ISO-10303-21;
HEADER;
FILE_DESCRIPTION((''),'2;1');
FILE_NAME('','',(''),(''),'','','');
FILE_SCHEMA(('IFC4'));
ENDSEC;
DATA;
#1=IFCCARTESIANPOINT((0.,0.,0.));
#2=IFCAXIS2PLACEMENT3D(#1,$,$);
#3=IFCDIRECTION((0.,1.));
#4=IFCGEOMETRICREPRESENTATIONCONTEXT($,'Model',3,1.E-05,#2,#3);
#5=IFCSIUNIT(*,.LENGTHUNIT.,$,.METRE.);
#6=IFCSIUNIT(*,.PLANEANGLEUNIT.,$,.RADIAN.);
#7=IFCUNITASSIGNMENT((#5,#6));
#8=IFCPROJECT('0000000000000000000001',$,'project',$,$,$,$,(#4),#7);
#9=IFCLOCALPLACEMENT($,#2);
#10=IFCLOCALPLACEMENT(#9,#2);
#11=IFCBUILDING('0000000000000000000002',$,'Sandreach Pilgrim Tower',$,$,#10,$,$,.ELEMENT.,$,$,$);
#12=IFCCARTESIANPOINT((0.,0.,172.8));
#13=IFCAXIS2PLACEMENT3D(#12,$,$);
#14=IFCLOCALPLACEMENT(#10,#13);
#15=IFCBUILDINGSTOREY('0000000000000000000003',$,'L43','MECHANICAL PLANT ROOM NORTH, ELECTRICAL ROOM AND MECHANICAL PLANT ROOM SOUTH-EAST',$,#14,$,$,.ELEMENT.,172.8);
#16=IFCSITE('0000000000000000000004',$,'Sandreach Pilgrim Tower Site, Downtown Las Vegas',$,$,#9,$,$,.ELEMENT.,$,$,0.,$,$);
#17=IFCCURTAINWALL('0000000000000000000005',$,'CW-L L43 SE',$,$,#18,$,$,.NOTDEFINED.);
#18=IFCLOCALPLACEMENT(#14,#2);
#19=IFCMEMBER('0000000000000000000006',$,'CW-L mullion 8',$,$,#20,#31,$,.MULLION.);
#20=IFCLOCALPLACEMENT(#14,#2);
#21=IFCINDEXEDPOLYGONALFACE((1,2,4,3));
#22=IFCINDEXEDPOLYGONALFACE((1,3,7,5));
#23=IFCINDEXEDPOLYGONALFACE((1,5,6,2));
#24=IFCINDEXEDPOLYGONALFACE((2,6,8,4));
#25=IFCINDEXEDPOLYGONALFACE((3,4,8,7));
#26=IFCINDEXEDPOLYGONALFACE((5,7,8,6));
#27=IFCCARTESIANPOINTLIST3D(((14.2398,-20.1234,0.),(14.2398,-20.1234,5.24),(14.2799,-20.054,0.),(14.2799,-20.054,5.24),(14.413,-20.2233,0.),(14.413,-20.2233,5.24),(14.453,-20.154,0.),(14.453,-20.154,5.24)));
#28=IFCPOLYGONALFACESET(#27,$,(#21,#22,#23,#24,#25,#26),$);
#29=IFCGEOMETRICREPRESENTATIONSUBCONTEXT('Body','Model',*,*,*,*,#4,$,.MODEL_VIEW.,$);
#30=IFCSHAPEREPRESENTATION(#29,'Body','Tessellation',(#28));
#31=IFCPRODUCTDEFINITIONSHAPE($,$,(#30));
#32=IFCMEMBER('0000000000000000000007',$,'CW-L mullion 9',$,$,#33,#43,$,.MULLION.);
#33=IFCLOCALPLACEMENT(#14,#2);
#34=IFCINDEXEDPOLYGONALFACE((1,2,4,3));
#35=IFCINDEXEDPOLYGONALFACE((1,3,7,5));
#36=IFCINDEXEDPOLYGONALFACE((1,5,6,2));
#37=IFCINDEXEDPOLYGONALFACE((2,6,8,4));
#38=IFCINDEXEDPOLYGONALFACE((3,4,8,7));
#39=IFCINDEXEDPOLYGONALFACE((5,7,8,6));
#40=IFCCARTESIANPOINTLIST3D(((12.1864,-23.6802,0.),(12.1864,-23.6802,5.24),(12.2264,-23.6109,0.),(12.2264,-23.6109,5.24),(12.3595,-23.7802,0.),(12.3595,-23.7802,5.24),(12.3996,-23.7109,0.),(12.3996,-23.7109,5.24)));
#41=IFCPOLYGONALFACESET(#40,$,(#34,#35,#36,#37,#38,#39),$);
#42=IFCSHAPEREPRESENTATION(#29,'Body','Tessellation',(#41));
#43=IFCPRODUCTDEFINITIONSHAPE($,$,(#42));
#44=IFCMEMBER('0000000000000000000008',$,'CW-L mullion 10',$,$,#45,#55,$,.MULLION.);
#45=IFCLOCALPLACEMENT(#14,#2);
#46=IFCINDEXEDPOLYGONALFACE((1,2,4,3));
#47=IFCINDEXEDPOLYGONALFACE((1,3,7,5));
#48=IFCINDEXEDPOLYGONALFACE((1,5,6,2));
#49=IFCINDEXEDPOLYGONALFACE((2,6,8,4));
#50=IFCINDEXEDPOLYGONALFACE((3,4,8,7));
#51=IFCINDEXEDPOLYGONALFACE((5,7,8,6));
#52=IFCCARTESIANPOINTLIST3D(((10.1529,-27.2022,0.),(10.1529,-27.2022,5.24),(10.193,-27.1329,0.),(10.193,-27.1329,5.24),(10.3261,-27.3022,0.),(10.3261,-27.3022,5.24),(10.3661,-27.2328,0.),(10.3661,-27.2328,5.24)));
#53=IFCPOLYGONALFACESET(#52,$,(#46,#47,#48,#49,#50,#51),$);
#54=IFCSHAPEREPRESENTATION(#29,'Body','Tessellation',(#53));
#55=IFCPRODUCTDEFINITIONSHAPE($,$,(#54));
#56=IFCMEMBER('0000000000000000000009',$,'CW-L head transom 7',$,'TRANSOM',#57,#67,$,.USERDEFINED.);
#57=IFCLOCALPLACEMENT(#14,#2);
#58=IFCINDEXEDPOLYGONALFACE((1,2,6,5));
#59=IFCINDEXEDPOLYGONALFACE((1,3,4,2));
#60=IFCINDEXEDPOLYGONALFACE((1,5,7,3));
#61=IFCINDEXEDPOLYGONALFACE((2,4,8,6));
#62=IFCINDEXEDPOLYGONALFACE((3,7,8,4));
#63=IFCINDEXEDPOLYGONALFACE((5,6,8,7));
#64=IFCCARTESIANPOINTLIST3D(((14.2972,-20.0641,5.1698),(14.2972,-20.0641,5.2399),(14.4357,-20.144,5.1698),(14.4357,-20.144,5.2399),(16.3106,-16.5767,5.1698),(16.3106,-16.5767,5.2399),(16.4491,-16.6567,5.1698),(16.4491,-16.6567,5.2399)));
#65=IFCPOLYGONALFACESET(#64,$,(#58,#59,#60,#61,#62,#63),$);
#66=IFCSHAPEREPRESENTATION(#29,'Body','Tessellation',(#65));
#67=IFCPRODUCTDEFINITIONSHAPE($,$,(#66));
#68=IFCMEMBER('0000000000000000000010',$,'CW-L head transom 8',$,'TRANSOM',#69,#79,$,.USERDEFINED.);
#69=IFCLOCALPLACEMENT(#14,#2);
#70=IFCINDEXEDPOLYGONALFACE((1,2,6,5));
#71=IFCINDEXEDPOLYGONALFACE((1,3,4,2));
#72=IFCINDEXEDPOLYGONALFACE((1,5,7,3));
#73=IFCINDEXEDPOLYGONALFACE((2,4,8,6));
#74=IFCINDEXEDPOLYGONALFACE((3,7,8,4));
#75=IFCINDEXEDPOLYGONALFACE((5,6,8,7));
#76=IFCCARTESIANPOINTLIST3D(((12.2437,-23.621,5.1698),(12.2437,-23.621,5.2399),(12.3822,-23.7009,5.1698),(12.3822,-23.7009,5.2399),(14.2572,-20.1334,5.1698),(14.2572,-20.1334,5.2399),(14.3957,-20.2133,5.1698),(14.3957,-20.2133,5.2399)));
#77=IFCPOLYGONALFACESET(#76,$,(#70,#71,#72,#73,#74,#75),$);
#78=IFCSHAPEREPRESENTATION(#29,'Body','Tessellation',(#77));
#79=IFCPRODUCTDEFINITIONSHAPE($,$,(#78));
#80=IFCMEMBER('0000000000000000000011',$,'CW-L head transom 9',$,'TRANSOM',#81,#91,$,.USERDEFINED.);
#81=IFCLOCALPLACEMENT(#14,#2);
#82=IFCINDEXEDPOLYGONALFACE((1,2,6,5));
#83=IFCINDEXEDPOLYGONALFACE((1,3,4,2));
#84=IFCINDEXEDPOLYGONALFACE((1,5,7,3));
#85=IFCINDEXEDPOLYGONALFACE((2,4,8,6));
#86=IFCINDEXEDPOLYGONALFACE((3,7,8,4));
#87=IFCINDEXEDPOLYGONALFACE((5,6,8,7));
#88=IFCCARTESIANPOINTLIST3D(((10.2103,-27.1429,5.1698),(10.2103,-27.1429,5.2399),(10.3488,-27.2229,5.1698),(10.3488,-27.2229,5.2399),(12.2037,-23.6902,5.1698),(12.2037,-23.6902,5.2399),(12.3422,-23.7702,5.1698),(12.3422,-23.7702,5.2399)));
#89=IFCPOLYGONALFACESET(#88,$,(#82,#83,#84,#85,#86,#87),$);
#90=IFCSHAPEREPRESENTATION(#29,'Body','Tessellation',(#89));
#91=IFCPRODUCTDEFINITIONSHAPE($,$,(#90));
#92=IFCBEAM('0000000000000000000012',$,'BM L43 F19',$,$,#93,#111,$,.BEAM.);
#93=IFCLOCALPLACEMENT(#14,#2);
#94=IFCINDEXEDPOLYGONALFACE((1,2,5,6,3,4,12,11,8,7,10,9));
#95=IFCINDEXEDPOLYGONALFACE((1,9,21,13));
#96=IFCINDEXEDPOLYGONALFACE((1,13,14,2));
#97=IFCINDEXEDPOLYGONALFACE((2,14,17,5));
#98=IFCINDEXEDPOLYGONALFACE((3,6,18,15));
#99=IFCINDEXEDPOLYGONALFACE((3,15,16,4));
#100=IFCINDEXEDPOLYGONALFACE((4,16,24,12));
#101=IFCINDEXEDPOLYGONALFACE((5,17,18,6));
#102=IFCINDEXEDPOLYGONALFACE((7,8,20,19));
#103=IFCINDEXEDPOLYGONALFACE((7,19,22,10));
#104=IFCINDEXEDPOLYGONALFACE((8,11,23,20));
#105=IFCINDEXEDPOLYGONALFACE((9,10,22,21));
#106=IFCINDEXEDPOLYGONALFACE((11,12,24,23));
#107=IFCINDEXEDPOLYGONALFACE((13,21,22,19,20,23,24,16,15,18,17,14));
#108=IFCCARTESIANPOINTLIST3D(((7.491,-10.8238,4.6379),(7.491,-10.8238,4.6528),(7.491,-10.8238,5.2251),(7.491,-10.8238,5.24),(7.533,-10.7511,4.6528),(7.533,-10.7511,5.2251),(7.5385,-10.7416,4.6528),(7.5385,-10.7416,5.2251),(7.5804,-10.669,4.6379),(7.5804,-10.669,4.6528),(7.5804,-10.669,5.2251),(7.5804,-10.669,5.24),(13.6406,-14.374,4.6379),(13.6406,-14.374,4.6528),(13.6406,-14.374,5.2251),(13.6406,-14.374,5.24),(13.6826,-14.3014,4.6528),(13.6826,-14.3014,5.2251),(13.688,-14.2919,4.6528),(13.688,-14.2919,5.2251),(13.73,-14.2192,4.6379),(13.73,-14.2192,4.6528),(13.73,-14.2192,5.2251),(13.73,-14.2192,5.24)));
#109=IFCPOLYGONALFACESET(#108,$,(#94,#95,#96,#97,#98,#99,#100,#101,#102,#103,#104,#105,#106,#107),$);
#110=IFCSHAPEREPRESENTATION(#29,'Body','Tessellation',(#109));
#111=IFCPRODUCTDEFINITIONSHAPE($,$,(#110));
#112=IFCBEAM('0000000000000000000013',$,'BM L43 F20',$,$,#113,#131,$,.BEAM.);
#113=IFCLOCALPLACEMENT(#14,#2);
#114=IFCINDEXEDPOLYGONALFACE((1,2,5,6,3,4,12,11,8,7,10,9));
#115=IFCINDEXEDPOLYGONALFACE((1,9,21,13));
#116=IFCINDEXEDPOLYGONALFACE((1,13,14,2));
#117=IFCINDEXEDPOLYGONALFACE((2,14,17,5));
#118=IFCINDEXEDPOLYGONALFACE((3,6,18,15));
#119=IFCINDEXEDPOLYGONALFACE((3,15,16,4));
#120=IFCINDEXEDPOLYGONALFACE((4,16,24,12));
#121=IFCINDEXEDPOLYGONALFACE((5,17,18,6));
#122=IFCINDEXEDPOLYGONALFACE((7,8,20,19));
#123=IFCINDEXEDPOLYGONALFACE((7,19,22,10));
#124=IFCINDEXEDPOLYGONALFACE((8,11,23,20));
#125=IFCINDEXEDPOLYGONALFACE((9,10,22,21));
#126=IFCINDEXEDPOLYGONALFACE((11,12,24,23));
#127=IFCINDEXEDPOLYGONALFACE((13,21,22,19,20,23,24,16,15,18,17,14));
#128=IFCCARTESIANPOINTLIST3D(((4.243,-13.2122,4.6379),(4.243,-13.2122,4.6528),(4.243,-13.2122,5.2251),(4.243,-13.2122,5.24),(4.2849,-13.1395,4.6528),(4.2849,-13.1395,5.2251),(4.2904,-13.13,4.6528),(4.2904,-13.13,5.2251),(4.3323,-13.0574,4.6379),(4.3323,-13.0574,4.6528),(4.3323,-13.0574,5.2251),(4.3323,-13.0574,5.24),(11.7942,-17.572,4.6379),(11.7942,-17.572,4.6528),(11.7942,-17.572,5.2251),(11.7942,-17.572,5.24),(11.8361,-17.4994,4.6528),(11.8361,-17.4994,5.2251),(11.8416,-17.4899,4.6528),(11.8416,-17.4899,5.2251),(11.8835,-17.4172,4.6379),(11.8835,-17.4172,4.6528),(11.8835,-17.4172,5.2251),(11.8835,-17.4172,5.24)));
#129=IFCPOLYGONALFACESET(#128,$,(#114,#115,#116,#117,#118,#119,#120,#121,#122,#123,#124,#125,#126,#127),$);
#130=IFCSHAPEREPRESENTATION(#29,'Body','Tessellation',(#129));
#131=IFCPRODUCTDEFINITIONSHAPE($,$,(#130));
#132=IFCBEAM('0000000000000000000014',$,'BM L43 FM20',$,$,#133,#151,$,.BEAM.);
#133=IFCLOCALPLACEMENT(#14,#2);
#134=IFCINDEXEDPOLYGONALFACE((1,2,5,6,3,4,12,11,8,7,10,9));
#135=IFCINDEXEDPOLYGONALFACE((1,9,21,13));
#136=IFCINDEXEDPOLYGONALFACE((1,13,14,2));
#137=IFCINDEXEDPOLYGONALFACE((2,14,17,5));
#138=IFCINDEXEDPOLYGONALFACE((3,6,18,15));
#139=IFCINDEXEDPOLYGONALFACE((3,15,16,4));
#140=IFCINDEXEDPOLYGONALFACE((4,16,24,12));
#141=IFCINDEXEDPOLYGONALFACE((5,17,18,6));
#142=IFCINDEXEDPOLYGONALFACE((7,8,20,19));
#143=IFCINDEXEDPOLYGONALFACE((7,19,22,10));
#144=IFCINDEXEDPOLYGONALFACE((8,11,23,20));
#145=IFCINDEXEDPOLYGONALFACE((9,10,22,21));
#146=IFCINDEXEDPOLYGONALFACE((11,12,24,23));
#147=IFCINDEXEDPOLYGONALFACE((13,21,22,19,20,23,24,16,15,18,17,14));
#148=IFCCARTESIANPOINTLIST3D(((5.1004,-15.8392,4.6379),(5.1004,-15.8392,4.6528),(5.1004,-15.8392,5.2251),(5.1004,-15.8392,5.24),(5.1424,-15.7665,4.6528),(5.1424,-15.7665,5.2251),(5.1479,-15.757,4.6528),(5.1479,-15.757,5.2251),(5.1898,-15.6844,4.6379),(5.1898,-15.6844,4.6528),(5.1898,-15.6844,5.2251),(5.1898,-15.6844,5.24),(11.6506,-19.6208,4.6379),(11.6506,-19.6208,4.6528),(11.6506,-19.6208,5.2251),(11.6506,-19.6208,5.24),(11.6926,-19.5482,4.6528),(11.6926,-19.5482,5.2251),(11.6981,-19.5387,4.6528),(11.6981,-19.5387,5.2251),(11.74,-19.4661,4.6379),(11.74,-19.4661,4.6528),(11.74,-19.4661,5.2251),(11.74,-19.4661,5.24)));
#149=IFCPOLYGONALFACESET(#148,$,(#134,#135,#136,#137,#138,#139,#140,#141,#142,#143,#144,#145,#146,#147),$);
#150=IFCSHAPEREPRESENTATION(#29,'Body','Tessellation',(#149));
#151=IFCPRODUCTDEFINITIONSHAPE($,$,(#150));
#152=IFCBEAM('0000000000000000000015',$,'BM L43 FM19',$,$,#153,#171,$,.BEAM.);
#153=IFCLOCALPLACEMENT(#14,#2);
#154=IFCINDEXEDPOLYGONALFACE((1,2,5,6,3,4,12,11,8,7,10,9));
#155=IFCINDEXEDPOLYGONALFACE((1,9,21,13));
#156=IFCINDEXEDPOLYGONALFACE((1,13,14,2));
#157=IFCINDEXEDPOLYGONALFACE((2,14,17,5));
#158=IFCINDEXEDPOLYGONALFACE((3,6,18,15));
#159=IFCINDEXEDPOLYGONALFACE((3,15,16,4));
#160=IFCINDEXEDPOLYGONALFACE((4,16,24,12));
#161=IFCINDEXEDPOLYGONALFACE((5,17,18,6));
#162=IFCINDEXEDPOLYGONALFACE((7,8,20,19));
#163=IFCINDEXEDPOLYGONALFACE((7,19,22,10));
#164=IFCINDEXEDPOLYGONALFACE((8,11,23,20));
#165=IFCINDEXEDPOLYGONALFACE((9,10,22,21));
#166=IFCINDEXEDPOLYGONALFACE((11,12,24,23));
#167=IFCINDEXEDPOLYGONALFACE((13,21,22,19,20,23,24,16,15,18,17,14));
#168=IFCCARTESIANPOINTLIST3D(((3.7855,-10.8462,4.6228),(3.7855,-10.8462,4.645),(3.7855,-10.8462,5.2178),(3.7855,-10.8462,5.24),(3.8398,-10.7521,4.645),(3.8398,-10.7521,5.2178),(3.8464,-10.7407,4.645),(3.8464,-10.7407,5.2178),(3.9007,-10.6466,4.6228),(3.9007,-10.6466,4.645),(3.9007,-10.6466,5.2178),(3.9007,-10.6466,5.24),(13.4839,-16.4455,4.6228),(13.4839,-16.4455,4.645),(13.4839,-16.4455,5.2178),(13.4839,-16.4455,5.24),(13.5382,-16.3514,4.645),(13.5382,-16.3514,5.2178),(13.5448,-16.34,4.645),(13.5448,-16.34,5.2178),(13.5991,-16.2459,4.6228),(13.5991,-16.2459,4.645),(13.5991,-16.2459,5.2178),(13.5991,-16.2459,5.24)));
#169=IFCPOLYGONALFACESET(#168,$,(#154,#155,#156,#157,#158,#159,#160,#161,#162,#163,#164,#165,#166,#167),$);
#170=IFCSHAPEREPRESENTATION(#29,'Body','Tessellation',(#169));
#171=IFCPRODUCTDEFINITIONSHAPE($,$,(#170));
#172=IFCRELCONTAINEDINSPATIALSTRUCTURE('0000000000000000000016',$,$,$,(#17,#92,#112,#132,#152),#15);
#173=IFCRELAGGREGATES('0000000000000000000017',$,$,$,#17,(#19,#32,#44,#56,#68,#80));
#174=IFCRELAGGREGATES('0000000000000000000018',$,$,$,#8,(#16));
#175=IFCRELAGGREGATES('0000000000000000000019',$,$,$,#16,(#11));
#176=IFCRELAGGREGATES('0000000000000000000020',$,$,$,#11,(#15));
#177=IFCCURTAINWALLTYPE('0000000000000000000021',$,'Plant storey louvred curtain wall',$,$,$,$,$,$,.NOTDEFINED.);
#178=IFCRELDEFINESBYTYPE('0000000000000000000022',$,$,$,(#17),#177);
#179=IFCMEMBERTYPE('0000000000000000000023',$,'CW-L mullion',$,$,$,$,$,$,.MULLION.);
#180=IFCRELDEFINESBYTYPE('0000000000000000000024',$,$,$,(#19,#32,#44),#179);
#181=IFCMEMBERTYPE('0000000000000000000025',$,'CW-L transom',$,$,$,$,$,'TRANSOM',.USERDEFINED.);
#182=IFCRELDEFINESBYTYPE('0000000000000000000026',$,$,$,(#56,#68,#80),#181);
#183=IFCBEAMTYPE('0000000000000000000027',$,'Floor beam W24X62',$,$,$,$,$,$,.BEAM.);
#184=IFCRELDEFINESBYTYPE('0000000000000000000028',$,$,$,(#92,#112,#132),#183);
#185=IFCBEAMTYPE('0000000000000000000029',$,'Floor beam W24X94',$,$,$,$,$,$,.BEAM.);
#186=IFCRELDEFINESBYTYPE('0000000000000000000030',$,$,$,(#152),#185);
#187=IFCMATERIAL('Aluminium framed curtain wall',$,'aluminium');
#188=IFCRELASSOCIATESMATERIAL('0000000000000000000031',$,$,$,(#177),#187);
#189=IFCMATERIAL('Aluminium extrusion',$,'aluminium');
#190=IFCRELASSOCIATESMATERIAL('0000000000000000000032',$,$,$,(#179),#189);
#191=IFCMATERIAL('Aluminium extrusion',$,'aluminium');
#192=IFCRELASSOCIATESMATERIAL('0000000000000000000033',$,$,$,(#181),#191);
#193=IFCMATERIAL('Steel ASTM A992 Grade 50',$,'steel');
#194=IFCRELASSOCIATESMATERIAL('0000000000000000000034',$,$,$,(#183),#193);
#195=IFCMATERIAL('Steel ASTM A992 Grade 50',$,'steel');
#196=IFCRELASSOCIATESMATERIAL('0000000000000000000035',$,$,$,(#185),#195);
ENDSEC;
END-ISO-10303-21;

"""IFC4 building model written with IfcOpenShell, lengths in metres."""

from ifc_helpers import new_model, si_unit, direction, frame, origin, origin_2d, place, context, subcontext, project, spatial, rectangle, i_section, extrude, material, material_profile, profile_set, type_object, element, aggregate, save


model = new_model("IFC4")

# Units and contexts
model_context = context("Model", 3, precision=1e-05, world=origin(), true_north=direction((0.0, 1.0)))
body_context = subcontext(model_context, "Body", "Model", "MODEL_VIEW")
ifc_project = project(units=[si_unit("LENGTHUNIT", "METRE"), si_unit("PLANEANGLEUNIT", "RADIAN")], contexts=[model_context])

# Site, building, storey
site_placement = place(None, origin())
site = spatial("IfcSite", under=ifc_project, at=site_placement, Name="Sandreach Pilgrim Tower Site, Downtown Las Vegas", CompositionType="ELEMENT", RefElevation=0.0)
building_placement = place(site_placement, origin())
building = spatial("IfcBuilding", under=site, at=building_placement, Name="Sandreach Pilgrim Tower", CompositionType="ELEMENT")
storey_placement = place(building_placement, frame((0.0, 0.0, 172.8)))
storey = spatial("IfcBuildingStorey", under=building, at=storey_placement, Name="L43", Description="MECHANICAL PLANT ROOM NORTH, ELECTRICAL ROOM AND MECHANICAL PLANT ROOM SOUTH-EAST", CompositionType="ELEMENT", Elevation=172.8)

# Curtain wall, members
ifc_material_1 = material(Name="Aluminium framed curtain wall", Category="aluminium")
curtain_wall_type = type_object("IfcCurtainWallType", Name="Plant storey louvred curtain wall", PredefinedType="NOTDEFINED", material=ifc_material_1)
curtain_wall_placement = place(storey_placement, origin())
curtain_wall = element("IfcCurtainWall", 1, at=curtain_wall_placement, inside=storey, type_object=curtain_wall_type, Name="CW-L L43 SE", PredefinedType="NOTDEFINED")
ifc_material_2 = material(Name="Aluminium extrusion", Category="aluminium")
ifc_material_profile_1 = material_profile(ifc_material_2, rectangle(XDim=0.0801, YDim=0.2, at=origin_2d()), Name="CW-LM 80X200")
ifc_profile_set_1 = profile_set([ifc_material_profile_1], Name="Aluminium extrusion")
member_type_1 = type_object("IfcMemberType", Name="CW-L mullion", PredefinedType="MULLION", material=ifc_profile_set_1)
member_1_placement = place(storey_placement, frame((14.3464, -20.1387, 0.0), z_axis=(0.0, 0.0, 1.0), x_axis=(-0.5, -0.866025, 0.0)))
member_1 = element("IfcMember", 2, at=member_1_placement, type_object=member_type_1, Name="CW-L mullion 8", PredefinedType="MULLION", context=body_context, shape_type="SweptSolid", body=[
    extrude(rectangle(XDim=0.0801, YDim=0.2, at=origin_2d()), origin(), (0.0, 0.0, 1.0), 5.24),
])
member_2_placement = place(storey_placement, frame((12.293, -23.6956, 0.0), z_axis=(0.0, 0.0, 1.0), x_axis=(-0.5, -0.866025, 0.0)))
member_2 = element("IfcMember", 3, at=member_2_placement, type_object=member_type_1, Name="CW-L mullion 9", PredefinedType="MULLION", context=body_context, shape_type="SweptSolid", body=[
    extrude(rectangle(XDim=0.0801, YDim=0.2, at=origin_2d()), origin(), (0.0, 0.0, 1.0), 5.24),
])
member_3_placement = place(storey_placement, frame((10.2595, -27.2175, 0.0), z_axis=(0.0, 0.0, 1.0), x_axis=(-0.5, -0.866025, 0.0)))
member_3 = element("IfcMember", 4, at=member_3_placement, type_object=member_type_1, Name="CW-L mullion 10", PredefinedType="MULLION", context=body_context, shape_type="SweptSolid", body=[
    extrude(rectangle(XDim=0.0801, YDim=0.2, at=origin_2d()), origin(), (0.0, 0.0, 1.0), 5.24),
])
ifc_material_3 = material(Name="Aluminium extrusion", Category="aluminium")
ifc_material_profile_2 = material_profile(ifc_material_3, rectangle(XDim=0.1599, YDim=0.0701, at=origin_2d()), Name="CW-LT 160X70")
ifc_profile_set_2 = profile_set([ifc_material_profile_2], Name="Aluminium extrusion")
member_type_2 = type_object("IfcMemberType", Name="CW-L transom", ElementType="TRANSOM", PredefinedType="USERDEFINED", material=ifc_profile_set_2)
member_4_placement = place(storey_placement, frame((16.3799, -16.6167, 5.2048), z_axis=(-0.500006, -0.866022, 0.0), x_axis=(0.866022, -0.500006, 0.0)))
member_4 = element("IfcMember", 5, at=member_4_placement, type_object=member_type_2, Name="CW-L head transom 7", ObjectType="TRANSOM", PredefinedType="USERDEFINED", context=body_context, shape_type="SweptSolid", body=[
    extrude(rectangle(XDim=0.1599, YDim=0.0701, at=origin_2d()), origin(), (0.0, 0.0, 1.0), 4.0269),
])
member_5_placement = place(storey_placement, frame((14.3264, -20.1733, 5.2048), z_axis=(-0.49998, -0.866037, 0.0), x_axis=(0.866037, -0.49998, 0.0)))
member_5 = element("IfcMember", 6, at=member_5_placement, type_object=member_type_2, Name="CW-L head transom 8", ObjectType="TRANSOM", PredefinedType="USERDEFINED", context=body_context, shape_type="SweptSolid", body=[
    extrude(rectangle(XDim=0.1599, YDim=0.0701, at=origin_2d()), origin(), (0.0, 0.0, 1.0), 4.0271),
])
member_6_placement = place(storey_placement, frame((12.2729, -23.7302, 5.2048), z_axis=(-0.500005, -0.866022, 0.0), x_axis=(0.866022, -0.500005, 0.0)))
member_6 = element("IfcMember", 7, at=member_6_placement, type_object=member_type_2, Name="CW-L head transom 9", ObjectType="TRANSOM", PredefinedType="USERDEFINED", context=body_context, shape_type="SweptSolid", body=[
    extrude(rectangle(XDim=0.1599, YDim=0.0701, at=origin_2d()), origin(), (0.0, 0.0, 1.0), 3.9868),
])

# Beams
ifc_material_4 = material(Name="Steel ASTM A992 Grade 50", Category="steel")
ifc_material_profile_3 = material_profile(ifc_material_4, i_section(OverallWidth=0.1787, OverallDepth=0.6021, WebThickness=0.011, FlangeThickness=0.0149, at=origin_2d()), Name="W24X62")
ifc_profile_set_3 = profile_set([ifc_material_profile_3], Name="Steel ASTM A992 Grade 50")
beam_type_1 = type_object("IfcBeamType", Name="Floor beam W24X62", PredefinedType="BEAM", material=ifc_profile_set_3)
beam_1_placement = place(storey_placement, frame((13.6853, -14.2966, 4.939), z_axis=(-0.866038, 0.499977, 0.0), x_axis=(-0.499977, -0.866038, 0.0)))
element("IfcBeam", 8, at=beam_1_placement, inside=storey, type_object=beam_type_1, Name="BM L43 F19", PredefinedType="BEAM", context=body_context, shape_type="SweptSolid", body=[
    extrude(i_section(OverallWidth=0.1787, OverallDepth=0.6021, WebThickness=0.011, FlangeThickness=0.0149, at=origin_2d()), origin(), (0.0, 0.0, 1.0), 7.1008),
])
beam_2_placement = place(storey_placement, frame((11.8389, -17.4946, 4.939), z_axis=(-0.866019, 0.500012, 0.0), x_axis=(-0.500012, -0.866019, 0.0)))
element("IfcBeam", 9, at=beam_2_placement, inside=storey, type_object=beam_type_1, Name="BM L43 F20", PredefinedType="BEAM", context=body_context, shape_type="SweptSolid", body=[
    extrude(i_section(OverallWidth=0.1787, OverallDepth=0.6021, WebThickness=0.011, FlangeThickness=0.0149, at=origin_2d()), origin(), (0.0, 0.0, 1.0), 8.7195),
])
beam_3_placement = place(storey_placement, frame((11.6953, -19.5435, 4.939), z_axis=(-0.86603, 0.499993, 0.0), x_axis=(-0.499993, -0.86603, 0.0)))
element("IfcBeam", 10, at=beam_3_placement, inside=storey, type_object=beam_type_1, Name="BM L43 FM20", PredefinedType="BEAM", context=body_context, shape_type="SweptSolid", body=[
    extrude(i_section(OverallWidth=0.1787, OverallDepth=0.6021, WebThickness=0.011, FlangeThickness=0.0149, at=origin_2d()), origin(), (0.0, 0.0, 1.0), 7.5635),
])
ifc_material_5 = material(Name="Steel ASTM A992 Grade 50", Category="steel")
ifc_material_profile_4 = material_profile(ifc_material_5, i_section(OverallWidth=0.2305, OverallDepth=0.6172, WebThickness=0.0132, FlangeThickness=0.0222, at=origin_2d()), Name="W24X94")
ifc_profile_set_4 = profile_set([ifc_material_profile_4], Name="Steel ASTM A992 Grade 50")
beam_type_2 = type_object("IfcBeamType", Name="Floor beam W24X94", PredefinedType="BEAM", material=ifc_profile_set_4)
beam_4_placement = place(storey_placement, frame((13.5415, -16.3457, 4.9314), z_axis=(-0.866028, 0.499996, 0.0), x_axis=(-0.499996, -0.866028, 0.0)))
element("IfcBeam", 11, at=beam_4_placement, inside=storey, type_object=beam_type_2, Name="BM L43 FM19", PredefinedType="BEAM", context=body_context, shape_type="SweptSolid", body=[
    extrude(i_section(OverallWidth=0.2305, OverallDepth=0.6172, WebThickness=0.0132, FlangeThickness=0.0222, at=origin_2d()), origin(), (0.0, 0.0, 1.0), 11.1987),
])

aggregate(curtain_wall, [member_1, member_2, member_3, member_4, member_5, member_6])

save(model, "model.ifc")
